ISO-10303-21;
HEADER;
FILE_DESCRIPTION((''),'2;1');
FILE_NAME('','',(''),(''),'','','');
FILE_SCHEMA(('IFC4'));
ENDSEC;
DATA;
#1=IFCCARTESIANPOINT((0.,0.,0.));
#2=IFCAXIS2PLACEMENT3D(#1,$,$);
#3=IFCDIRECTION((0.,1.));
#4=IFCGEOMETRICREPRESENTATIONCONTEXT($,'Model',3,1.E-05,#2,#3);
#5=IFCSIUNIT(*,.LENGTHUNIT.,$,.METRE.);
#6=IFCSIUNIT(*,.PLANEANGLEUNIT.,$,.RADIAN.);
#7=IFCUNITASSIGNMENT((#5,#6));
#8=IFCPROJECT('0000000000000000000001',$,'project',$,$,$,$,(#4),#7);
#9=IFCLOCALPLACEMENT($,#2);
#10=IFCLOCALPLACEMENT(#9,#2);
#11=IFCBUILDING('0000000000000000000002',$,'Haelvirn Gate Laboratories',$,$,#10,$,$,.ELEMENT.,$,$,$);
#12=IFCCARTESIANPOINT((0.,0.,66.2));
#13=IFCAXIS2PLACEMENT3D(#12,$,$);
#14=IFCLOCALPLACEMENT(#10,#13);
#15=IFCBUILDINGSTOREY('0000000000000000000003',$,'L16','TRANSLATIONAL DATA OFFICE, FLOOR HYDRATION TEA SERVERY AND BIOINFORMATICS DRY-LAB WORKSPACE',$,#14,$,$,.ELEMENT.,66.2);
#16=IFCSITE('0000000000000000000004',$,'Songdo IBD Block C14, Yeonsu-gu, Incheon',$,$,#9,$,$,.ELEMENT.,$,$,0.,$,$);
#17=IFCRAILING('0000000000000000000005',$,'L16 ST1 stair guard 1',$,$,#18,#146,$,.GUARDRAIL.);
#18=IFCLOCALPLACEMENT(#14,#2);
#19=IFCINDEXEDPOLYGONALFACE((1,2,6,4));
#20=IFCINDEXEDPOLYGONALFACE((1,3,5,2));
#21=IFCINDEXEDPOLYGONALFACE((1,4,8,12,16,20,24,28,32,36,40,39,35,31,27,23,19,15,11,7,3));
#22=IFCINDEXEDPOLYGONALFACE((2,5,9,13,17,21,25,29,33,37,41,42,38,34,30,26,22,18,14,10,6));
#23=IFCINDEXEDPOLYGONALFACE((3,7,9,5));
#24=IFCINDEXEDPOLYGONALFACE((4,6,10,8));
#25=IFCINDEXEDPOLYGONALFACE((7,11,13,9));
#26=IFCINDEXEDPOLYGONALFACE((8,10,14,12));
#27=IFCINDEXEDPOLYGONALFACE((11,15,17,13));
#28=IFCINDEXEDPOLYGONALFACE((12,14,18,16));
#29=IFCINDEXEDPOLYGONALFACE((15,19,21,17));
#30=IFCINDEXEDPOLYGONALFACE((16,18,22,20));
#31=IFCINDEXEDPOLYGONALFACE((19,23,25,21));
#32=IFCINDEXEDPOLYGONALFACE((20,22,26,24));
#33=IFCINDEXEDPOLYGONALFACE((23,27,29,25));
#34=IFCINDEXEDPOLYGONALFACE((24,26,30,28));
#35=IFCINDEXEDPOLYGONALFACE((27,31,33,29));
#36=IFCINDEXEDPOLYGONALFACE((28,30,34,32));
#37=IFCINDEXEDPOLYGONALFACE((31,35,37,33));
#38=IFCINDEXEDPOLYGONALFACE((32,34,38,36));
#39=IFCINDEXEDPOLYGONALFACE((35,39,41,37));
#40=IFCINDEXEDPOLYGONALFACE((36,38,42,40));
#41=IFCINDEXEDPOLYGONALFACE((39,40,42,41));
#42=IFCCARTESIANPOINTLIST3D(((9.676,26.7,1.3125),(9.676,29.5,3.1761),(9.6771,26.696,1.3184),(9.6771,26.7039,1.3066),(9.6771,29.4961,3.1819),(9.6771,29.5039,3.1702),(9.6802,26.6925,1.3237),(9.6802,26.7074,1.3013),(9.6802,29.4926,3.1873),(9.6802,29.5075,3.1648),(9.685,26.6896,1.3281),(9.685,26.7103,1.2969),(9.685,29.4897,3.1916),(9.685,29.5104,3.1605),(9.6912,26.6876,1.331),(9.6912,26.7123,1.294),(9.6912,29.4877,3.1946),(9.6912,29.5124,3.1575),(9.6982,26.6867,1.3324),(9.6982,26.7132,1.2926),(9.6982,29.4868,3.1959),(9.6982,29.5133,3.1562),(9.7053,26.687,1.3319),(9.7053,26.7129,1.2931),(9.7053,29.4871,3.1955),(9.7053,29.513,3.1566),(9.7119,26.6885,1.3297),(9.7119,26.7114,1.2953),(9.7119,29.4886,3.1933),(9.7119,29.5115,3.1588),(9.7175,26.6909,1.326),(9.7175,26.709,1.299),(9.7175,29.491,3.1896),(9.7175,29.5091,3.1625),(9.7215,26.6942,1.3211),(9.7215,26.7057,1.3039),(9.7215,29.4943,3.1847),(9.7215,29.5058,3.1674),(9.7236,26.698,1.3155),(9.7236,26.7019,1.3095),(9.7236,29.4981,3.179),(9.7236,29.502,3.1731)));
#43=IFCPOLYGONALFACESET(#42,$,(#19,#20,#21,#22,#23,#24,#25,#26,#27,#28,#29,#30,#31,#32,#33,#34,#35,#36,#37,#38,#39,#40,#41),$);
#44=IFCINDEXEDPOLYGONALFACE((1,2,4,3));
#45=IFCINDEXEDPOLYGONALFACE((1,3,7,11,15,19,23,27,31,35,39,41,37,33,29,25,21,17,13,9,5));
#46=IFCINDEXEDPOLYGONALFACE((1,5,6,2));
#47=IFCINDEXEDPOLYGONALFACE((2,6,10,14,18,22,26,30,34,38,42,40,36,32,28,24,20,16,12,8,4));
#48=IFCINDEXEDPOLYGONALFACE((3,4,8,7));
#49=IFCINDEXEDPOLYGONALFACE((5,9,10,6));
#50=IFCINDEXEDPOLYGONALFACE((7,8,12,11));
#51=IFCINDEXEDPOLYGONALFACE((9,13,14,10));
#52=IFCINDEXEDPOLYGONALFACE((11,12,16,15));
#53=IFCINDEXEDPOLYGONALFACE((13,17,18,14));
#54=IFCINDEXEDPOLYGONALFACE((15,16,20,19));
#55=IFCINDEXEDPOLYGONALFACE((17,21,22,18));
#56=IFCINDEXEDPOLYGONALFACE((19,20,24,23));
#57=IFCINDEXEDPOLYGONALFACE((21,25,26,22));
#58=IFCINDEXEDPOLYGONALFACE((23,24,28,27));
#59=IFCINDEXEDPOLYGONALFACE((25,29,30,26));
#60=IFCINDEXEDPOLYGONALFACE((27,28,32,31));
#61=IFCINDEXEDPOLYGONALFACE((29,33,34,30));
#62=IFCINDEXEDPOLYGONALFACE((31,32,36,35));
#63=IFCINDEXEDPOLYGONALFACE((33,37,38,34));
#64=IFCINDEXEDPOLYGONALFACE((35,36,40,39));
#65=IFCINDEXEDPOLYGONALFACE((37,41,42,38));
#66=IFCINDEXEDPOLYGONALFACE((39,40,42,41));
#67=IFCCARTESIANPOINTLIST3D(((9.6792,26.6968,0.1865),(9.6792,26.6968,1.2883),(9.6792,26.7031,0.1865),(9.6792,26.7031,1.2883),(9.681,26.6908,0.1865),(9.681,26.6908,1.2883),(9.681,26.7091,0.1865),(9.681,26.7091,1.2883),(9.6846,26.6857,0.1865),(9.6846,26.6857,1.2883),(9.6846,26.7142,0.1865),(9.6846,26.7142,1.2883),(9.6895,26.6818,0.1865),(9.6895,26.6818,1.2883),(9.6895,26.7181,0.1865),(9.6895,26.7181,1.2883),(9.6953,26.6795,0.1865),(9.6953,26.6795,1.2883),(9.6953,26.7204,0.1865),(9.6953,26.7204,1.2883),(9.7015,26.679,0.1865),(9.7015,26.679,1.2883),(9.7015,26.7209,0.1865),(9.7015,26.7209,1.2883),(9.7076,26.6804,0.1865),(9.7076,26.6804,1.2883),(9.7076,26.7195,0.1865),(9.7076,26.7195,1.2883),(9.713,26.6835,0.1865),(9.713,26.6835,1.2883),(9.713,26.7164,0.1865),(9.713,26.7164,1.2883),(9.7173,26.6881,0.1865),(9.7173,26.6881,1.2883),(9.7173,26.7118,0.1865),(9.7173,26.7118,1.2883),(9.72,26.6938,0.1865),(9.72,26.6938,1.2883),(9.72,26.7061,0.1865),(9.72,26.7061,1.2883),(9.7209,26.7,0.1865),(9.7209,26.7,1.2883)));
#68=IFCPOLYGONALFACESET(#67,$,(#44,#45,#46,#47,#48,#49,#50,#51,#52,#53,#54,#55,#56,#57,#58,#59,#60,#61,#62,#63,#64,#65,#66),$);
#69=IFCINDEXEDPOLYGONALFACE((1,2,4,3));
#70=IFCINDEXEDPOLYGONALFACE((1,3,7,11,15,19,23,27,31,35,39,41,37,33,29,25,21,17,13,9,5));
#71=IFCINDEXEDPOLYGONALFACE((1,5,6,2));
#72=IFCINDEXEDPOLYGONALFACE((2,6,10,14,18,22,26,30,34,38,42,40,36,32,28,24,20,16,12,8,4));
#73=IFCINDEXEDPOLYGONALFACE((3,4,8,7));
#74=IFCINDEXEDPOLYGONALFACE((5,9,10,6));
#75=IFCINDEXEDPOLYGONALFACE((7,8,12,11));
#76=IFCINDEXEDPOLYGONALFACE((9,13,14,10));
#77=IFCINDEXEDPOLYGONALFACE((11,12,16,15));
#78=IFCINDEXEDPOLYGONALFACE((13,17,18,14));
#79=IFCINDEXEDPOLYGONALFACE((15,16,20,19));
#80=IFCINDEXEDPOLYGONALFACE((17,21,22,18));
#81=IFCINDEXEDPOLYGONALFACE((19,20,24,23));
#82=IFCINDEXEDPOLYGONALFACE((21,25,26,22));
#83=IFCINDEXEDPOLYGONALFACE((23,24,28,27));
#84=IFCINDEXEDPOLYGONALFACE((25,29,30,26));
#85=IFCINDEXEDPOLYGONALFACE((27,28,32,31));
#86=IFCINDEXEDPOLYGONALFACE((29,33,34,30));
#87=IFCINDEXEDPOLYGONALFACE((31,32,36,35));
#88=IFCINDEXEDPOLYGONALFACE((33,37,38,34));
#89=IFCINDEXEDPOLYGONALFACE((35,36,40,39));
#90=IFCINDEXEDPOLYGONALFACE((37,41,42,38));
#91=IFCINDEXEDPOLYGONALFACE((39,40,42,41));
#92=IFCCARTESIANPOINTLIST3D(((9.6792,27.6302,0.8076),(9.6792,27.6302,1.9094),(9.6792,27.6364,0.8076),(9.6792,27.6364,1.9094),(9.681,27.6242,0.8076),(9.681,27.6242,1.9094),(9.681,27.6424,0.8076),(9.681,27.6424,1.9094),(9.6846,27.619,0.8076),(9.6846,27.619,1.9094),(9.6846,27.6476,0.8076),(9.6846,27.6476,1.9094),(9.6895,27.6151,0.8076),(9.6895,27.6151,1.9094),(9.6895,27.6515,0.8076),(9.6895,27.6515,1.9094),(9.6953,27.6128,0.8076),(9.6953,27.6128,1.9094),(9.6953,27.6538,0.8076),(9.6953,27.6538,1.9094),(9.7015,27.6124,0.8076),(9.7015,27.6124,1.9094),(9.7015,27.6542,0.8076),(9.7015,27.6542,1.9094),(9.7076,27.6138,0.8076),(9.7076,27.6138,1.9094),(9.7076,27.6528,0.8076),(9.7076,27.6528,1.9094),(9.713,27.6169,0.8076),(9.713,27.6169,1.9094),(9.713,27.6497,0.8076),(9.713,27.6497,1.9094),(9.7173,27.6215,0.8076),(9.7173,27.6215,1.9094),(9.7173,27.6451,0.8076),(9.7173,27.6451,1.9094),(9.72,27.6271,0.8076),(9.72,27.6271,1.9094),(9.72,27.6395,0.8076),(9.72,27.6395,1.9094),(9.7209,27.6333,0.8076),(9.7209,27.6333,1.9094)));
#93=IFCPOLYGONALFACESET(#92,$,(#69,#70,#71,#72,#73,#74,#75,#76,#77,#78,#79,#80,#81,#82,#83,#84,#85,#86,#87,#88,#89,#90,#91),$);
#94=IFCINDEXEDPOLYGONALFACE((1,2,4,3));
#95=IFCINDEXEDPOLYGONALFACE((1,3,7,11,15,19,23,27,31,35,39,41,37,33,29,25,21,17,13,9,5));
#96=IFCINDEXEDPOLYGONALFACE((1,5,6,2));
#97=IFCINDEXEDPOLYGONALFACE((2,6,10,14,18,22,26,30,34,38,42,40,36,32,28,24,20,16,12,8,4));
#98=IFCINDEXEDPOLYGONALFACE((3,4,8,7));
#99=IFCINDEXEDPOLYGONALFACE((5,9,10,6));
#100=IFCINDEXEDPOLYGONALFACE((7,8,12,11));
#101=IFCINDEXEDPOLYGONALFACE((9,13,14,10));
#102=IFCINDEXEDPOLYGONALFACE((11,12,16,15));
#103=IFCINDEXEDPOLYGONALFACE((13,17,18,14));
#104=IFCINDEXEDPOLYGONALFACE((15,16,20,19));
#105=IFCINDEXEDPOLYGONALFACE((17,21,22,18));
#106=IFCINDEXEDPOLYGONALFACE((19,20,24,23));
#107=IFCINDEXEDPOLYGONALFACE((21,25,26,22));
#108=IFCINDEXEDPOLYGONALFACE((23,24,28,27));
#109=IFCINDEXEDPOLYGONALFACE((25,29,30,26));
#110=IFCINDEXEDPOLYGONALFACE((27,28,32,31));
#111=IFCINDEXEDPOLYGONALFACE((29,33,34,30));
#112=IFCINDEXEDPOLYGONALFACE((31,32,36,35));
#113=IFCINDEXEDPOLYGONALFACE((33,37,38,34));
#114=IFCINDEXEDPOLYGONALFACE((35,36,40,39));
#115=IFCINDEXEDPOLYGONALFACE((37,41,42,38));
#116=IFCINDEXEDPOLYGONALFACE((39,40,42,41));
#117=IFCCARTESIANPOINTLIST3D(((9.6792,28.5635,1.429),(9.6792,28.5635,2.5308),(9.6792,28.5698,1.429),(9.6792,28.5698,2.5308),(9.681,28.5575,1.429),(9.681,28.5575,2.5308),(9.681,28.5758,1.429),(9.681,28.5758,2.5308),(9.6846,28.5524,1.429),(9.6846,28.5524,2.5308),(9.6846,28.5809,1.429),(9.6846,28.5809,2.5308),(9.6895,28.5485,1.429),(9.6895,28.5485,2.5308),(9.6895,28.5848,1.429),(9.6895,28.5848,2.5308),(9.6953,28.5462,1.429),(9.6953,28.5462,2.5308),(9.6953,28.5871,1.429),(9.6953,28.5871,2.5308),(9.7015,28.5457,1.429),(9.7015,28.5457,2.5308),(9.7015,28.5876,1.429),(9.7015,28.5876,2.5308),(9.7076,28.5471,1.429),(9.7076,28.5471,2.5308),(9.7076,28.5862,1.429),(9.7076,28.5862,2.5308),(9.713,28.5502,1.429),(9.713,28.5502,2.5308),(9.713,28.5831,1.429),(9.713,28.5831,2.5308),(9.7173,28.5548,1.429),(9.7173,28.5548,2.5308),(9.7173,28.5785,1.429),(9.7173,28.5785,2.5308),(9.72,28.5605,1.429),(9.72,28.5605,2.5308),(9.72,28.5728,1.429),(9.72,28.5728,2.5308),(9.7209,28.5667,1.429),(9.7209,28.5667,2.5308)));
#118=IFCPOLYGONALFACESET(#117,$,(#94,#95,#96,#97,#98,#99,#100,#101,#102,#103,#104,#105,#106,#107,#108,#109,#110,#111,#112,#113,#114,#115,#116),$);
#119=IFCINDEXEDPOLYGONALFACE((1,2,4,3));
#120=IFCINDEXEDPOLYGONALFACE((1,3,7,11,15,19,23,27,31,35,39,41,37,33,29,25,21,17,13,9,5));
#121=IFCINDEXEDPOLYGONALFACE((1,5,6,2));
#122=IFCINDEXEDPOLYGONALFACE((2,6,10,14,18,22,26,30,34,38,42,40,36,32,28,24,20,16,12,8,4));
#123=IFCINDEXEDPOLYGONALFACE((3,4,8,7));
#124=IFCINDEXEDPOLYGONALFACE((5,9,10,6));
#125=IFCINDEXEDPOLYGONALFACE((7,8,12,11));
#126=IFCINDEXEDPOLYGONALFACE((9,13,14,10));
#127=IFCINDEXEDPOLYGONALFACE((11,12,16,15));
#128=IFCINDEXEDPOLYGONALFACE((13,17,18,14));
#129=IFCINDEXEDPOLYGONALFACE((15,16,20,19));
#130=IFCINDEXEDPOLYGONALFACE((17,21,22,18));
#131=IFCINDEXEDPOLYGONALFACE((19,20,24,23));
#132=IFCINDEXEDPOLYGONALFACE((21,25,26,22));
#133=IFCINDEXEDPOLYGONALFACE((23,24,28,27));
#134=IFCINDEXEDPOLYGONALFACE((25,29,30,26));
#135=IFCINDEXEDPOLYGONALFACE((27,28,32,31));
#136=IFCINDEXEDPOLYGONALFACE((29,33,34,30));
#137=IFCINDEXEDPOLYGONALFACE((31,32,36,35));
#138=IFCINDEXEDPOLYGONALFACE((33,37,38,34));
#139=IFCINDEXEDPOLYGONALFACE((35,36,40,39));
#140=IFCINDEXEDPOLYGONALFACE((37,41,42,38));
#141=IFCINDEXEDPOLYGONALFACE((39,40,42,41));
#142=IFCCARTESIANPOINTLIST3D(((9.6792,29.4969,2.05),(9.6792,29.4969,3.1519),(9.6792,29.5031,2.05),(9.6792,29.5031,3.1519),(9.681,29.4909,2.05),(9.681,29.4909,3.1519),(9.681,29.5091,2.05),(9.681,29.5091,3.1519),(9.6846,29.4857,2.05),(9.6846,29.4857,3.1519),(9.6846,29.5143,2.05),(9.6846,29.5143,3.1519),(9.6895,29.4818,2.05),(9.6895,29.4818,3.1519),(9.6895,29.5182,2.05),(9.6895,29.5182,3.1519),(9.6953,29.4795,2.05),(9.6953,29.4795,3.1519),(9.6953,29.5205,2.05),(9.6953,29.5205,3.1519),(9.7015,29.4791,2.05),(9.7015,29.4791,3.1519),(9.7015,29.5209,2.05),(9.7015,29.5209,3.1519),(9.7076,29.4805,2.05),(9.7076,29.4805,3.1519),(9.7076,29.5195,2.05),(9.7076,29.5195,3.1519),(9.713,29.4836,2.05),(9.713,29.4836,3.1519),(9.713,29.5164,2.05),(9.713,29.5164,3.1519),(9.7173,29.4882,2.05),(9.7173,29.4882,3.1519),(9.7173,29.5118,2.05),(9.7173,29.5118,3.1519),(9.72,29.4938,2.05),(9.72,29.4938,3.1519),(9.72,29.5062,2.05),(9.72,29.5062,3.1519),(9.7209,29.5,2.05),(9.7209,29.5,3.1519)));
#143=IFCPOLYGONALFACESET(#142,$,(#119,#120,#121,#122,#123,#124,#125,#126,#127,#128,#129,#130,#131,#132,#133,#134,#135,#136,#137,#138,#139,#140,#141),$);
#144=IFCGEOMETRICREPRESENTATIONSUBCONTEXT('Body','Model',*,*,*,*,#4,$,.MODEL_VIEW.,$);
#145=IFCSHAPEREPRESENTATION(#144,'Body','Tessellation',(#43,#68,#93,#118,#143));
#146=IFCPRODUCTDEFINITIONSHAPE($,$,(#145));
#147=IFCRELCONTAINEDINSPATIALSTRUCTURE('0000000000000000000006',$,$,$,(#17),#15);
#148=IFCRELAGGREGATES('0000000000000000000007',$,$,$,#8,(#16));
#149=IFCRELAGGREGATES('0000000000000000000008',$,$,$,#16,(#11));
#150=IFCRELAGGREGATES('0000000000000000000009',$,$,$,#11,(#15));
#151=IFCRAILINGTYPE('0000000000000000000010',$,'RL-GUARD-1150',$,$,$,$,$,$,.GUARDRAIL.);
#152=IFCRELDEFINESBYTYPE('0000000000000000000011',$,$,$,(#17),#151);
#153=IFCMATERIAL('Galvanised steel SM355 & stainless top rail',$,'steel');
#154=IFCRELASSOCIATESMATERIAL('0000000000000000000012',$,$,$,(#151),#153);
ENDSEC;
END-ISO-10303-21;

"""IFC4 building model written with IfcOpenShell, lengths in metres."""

from ifc_helpers import new_model, si_unit, direction, frame, origin, origin_2d, place, context, subcontext, project, spatial, circle, extrude, source, transform, mapped, material, type_object, element, save


model = new_model("IFC4")

# Units and contexts
model_context = context("Model", 3, precision=1e-05, world=origin(), true_north=direction((0.0, 1.0)))
body_context = subcontext(model_context, "Body", "Model", "MODEL_VIEW")
ifc_project = project(units=[si_unit("LENGTHUNIT", "METRE"), si_unit("PLANEANGLEUNIT", "RADIAN")], contexts=[model_context])

# Site, building, storey
site_placement = place(None, origin())
site = spatial("IfcSite", under=ifc_project, at=site_placement, Name="Songdo IBD Block C14, Yeonsu-gu, Incheon", CompositionType="ELEMENT", RefElevation=0.0)
building_placement = place(site_placement, origin())
building = spatial("IfcBuilding", under=site, at=building_placement, Name="Haelvirn Gate Laboratories", CompositionType="ELEMENT")
storey_placement = place(building_placement, frame((0.0, 0.0, 66.2)))
storey = spatial("IfcBuildingStorey", under=building, at=storey_placement, Name="L16", Description="TRANSLATIONAL DATA OFFICE, FLOOR HYDRATION TEA SERVERY AND BIOINFORMATICS DRY-LAB WORKSPACE", CompositionType="ELEMENT", Elevation=66.2)

# Railing
ifc_material_1 = material(Name="Galvanised steel SM355 & stainless top rail", Category="steel")
railing_type_1 = type_object("IfcRailingType", Name="RL-GUARD-1150", PredefinedType="GUARDRAIL", material=ifc_material_1)
shared_shape_1 = source(origin(), body_context, "Body", "SweptSolid", [
    extrude(circle(Radius=0.0239, at=origin_2d()), frame((0.0, 0.0, 1.126), z_axis=(0.0, 0.832486, 0.554047), x_axis=(-1.0, 0.0, 0.0)), (0.0, 0.0, 1.0), 3.3635),
    extrude(circle(Radius=0.021, at=origin_2d()), origin(), (0.0, 0.0, 1.0), 1.1018),
    extrude(circle(Radius=0.021, at=origin_2d()), frame((0.0, 0.9333, 0.6211)), (0.0, 0.0, 1.0), 1.1018),
    extrude(circle(Radius=0.021, at=origin_2d()), frame((0.0, 1.8667, 1.2424)), (0.0, 0.0, 1.0), 1.1018),
    extrude(circle(Radius=0.021, at=origin_2d()), frame((0.0, 2.8, 1.8635)), (0.0, 0.0, 1.0), 1.1018),
])
railing_1_placement = place(storey_placement, frame((9.7, 26.7, 0.1865)))
element("IfcRailing", 1, at=railing_1_placement, inside=storey, type_object=railing_type_1, Name="L16 ST1 stair guard 1", PredefinedType="GUARDRAIL", context=body_context, shape_type="MappedRepresentation", body=[
    mapped(shared_shape_1, transform((0.0, 0.0, 0.0), scale=1.0)),
])

save(model, "model.ifc")
